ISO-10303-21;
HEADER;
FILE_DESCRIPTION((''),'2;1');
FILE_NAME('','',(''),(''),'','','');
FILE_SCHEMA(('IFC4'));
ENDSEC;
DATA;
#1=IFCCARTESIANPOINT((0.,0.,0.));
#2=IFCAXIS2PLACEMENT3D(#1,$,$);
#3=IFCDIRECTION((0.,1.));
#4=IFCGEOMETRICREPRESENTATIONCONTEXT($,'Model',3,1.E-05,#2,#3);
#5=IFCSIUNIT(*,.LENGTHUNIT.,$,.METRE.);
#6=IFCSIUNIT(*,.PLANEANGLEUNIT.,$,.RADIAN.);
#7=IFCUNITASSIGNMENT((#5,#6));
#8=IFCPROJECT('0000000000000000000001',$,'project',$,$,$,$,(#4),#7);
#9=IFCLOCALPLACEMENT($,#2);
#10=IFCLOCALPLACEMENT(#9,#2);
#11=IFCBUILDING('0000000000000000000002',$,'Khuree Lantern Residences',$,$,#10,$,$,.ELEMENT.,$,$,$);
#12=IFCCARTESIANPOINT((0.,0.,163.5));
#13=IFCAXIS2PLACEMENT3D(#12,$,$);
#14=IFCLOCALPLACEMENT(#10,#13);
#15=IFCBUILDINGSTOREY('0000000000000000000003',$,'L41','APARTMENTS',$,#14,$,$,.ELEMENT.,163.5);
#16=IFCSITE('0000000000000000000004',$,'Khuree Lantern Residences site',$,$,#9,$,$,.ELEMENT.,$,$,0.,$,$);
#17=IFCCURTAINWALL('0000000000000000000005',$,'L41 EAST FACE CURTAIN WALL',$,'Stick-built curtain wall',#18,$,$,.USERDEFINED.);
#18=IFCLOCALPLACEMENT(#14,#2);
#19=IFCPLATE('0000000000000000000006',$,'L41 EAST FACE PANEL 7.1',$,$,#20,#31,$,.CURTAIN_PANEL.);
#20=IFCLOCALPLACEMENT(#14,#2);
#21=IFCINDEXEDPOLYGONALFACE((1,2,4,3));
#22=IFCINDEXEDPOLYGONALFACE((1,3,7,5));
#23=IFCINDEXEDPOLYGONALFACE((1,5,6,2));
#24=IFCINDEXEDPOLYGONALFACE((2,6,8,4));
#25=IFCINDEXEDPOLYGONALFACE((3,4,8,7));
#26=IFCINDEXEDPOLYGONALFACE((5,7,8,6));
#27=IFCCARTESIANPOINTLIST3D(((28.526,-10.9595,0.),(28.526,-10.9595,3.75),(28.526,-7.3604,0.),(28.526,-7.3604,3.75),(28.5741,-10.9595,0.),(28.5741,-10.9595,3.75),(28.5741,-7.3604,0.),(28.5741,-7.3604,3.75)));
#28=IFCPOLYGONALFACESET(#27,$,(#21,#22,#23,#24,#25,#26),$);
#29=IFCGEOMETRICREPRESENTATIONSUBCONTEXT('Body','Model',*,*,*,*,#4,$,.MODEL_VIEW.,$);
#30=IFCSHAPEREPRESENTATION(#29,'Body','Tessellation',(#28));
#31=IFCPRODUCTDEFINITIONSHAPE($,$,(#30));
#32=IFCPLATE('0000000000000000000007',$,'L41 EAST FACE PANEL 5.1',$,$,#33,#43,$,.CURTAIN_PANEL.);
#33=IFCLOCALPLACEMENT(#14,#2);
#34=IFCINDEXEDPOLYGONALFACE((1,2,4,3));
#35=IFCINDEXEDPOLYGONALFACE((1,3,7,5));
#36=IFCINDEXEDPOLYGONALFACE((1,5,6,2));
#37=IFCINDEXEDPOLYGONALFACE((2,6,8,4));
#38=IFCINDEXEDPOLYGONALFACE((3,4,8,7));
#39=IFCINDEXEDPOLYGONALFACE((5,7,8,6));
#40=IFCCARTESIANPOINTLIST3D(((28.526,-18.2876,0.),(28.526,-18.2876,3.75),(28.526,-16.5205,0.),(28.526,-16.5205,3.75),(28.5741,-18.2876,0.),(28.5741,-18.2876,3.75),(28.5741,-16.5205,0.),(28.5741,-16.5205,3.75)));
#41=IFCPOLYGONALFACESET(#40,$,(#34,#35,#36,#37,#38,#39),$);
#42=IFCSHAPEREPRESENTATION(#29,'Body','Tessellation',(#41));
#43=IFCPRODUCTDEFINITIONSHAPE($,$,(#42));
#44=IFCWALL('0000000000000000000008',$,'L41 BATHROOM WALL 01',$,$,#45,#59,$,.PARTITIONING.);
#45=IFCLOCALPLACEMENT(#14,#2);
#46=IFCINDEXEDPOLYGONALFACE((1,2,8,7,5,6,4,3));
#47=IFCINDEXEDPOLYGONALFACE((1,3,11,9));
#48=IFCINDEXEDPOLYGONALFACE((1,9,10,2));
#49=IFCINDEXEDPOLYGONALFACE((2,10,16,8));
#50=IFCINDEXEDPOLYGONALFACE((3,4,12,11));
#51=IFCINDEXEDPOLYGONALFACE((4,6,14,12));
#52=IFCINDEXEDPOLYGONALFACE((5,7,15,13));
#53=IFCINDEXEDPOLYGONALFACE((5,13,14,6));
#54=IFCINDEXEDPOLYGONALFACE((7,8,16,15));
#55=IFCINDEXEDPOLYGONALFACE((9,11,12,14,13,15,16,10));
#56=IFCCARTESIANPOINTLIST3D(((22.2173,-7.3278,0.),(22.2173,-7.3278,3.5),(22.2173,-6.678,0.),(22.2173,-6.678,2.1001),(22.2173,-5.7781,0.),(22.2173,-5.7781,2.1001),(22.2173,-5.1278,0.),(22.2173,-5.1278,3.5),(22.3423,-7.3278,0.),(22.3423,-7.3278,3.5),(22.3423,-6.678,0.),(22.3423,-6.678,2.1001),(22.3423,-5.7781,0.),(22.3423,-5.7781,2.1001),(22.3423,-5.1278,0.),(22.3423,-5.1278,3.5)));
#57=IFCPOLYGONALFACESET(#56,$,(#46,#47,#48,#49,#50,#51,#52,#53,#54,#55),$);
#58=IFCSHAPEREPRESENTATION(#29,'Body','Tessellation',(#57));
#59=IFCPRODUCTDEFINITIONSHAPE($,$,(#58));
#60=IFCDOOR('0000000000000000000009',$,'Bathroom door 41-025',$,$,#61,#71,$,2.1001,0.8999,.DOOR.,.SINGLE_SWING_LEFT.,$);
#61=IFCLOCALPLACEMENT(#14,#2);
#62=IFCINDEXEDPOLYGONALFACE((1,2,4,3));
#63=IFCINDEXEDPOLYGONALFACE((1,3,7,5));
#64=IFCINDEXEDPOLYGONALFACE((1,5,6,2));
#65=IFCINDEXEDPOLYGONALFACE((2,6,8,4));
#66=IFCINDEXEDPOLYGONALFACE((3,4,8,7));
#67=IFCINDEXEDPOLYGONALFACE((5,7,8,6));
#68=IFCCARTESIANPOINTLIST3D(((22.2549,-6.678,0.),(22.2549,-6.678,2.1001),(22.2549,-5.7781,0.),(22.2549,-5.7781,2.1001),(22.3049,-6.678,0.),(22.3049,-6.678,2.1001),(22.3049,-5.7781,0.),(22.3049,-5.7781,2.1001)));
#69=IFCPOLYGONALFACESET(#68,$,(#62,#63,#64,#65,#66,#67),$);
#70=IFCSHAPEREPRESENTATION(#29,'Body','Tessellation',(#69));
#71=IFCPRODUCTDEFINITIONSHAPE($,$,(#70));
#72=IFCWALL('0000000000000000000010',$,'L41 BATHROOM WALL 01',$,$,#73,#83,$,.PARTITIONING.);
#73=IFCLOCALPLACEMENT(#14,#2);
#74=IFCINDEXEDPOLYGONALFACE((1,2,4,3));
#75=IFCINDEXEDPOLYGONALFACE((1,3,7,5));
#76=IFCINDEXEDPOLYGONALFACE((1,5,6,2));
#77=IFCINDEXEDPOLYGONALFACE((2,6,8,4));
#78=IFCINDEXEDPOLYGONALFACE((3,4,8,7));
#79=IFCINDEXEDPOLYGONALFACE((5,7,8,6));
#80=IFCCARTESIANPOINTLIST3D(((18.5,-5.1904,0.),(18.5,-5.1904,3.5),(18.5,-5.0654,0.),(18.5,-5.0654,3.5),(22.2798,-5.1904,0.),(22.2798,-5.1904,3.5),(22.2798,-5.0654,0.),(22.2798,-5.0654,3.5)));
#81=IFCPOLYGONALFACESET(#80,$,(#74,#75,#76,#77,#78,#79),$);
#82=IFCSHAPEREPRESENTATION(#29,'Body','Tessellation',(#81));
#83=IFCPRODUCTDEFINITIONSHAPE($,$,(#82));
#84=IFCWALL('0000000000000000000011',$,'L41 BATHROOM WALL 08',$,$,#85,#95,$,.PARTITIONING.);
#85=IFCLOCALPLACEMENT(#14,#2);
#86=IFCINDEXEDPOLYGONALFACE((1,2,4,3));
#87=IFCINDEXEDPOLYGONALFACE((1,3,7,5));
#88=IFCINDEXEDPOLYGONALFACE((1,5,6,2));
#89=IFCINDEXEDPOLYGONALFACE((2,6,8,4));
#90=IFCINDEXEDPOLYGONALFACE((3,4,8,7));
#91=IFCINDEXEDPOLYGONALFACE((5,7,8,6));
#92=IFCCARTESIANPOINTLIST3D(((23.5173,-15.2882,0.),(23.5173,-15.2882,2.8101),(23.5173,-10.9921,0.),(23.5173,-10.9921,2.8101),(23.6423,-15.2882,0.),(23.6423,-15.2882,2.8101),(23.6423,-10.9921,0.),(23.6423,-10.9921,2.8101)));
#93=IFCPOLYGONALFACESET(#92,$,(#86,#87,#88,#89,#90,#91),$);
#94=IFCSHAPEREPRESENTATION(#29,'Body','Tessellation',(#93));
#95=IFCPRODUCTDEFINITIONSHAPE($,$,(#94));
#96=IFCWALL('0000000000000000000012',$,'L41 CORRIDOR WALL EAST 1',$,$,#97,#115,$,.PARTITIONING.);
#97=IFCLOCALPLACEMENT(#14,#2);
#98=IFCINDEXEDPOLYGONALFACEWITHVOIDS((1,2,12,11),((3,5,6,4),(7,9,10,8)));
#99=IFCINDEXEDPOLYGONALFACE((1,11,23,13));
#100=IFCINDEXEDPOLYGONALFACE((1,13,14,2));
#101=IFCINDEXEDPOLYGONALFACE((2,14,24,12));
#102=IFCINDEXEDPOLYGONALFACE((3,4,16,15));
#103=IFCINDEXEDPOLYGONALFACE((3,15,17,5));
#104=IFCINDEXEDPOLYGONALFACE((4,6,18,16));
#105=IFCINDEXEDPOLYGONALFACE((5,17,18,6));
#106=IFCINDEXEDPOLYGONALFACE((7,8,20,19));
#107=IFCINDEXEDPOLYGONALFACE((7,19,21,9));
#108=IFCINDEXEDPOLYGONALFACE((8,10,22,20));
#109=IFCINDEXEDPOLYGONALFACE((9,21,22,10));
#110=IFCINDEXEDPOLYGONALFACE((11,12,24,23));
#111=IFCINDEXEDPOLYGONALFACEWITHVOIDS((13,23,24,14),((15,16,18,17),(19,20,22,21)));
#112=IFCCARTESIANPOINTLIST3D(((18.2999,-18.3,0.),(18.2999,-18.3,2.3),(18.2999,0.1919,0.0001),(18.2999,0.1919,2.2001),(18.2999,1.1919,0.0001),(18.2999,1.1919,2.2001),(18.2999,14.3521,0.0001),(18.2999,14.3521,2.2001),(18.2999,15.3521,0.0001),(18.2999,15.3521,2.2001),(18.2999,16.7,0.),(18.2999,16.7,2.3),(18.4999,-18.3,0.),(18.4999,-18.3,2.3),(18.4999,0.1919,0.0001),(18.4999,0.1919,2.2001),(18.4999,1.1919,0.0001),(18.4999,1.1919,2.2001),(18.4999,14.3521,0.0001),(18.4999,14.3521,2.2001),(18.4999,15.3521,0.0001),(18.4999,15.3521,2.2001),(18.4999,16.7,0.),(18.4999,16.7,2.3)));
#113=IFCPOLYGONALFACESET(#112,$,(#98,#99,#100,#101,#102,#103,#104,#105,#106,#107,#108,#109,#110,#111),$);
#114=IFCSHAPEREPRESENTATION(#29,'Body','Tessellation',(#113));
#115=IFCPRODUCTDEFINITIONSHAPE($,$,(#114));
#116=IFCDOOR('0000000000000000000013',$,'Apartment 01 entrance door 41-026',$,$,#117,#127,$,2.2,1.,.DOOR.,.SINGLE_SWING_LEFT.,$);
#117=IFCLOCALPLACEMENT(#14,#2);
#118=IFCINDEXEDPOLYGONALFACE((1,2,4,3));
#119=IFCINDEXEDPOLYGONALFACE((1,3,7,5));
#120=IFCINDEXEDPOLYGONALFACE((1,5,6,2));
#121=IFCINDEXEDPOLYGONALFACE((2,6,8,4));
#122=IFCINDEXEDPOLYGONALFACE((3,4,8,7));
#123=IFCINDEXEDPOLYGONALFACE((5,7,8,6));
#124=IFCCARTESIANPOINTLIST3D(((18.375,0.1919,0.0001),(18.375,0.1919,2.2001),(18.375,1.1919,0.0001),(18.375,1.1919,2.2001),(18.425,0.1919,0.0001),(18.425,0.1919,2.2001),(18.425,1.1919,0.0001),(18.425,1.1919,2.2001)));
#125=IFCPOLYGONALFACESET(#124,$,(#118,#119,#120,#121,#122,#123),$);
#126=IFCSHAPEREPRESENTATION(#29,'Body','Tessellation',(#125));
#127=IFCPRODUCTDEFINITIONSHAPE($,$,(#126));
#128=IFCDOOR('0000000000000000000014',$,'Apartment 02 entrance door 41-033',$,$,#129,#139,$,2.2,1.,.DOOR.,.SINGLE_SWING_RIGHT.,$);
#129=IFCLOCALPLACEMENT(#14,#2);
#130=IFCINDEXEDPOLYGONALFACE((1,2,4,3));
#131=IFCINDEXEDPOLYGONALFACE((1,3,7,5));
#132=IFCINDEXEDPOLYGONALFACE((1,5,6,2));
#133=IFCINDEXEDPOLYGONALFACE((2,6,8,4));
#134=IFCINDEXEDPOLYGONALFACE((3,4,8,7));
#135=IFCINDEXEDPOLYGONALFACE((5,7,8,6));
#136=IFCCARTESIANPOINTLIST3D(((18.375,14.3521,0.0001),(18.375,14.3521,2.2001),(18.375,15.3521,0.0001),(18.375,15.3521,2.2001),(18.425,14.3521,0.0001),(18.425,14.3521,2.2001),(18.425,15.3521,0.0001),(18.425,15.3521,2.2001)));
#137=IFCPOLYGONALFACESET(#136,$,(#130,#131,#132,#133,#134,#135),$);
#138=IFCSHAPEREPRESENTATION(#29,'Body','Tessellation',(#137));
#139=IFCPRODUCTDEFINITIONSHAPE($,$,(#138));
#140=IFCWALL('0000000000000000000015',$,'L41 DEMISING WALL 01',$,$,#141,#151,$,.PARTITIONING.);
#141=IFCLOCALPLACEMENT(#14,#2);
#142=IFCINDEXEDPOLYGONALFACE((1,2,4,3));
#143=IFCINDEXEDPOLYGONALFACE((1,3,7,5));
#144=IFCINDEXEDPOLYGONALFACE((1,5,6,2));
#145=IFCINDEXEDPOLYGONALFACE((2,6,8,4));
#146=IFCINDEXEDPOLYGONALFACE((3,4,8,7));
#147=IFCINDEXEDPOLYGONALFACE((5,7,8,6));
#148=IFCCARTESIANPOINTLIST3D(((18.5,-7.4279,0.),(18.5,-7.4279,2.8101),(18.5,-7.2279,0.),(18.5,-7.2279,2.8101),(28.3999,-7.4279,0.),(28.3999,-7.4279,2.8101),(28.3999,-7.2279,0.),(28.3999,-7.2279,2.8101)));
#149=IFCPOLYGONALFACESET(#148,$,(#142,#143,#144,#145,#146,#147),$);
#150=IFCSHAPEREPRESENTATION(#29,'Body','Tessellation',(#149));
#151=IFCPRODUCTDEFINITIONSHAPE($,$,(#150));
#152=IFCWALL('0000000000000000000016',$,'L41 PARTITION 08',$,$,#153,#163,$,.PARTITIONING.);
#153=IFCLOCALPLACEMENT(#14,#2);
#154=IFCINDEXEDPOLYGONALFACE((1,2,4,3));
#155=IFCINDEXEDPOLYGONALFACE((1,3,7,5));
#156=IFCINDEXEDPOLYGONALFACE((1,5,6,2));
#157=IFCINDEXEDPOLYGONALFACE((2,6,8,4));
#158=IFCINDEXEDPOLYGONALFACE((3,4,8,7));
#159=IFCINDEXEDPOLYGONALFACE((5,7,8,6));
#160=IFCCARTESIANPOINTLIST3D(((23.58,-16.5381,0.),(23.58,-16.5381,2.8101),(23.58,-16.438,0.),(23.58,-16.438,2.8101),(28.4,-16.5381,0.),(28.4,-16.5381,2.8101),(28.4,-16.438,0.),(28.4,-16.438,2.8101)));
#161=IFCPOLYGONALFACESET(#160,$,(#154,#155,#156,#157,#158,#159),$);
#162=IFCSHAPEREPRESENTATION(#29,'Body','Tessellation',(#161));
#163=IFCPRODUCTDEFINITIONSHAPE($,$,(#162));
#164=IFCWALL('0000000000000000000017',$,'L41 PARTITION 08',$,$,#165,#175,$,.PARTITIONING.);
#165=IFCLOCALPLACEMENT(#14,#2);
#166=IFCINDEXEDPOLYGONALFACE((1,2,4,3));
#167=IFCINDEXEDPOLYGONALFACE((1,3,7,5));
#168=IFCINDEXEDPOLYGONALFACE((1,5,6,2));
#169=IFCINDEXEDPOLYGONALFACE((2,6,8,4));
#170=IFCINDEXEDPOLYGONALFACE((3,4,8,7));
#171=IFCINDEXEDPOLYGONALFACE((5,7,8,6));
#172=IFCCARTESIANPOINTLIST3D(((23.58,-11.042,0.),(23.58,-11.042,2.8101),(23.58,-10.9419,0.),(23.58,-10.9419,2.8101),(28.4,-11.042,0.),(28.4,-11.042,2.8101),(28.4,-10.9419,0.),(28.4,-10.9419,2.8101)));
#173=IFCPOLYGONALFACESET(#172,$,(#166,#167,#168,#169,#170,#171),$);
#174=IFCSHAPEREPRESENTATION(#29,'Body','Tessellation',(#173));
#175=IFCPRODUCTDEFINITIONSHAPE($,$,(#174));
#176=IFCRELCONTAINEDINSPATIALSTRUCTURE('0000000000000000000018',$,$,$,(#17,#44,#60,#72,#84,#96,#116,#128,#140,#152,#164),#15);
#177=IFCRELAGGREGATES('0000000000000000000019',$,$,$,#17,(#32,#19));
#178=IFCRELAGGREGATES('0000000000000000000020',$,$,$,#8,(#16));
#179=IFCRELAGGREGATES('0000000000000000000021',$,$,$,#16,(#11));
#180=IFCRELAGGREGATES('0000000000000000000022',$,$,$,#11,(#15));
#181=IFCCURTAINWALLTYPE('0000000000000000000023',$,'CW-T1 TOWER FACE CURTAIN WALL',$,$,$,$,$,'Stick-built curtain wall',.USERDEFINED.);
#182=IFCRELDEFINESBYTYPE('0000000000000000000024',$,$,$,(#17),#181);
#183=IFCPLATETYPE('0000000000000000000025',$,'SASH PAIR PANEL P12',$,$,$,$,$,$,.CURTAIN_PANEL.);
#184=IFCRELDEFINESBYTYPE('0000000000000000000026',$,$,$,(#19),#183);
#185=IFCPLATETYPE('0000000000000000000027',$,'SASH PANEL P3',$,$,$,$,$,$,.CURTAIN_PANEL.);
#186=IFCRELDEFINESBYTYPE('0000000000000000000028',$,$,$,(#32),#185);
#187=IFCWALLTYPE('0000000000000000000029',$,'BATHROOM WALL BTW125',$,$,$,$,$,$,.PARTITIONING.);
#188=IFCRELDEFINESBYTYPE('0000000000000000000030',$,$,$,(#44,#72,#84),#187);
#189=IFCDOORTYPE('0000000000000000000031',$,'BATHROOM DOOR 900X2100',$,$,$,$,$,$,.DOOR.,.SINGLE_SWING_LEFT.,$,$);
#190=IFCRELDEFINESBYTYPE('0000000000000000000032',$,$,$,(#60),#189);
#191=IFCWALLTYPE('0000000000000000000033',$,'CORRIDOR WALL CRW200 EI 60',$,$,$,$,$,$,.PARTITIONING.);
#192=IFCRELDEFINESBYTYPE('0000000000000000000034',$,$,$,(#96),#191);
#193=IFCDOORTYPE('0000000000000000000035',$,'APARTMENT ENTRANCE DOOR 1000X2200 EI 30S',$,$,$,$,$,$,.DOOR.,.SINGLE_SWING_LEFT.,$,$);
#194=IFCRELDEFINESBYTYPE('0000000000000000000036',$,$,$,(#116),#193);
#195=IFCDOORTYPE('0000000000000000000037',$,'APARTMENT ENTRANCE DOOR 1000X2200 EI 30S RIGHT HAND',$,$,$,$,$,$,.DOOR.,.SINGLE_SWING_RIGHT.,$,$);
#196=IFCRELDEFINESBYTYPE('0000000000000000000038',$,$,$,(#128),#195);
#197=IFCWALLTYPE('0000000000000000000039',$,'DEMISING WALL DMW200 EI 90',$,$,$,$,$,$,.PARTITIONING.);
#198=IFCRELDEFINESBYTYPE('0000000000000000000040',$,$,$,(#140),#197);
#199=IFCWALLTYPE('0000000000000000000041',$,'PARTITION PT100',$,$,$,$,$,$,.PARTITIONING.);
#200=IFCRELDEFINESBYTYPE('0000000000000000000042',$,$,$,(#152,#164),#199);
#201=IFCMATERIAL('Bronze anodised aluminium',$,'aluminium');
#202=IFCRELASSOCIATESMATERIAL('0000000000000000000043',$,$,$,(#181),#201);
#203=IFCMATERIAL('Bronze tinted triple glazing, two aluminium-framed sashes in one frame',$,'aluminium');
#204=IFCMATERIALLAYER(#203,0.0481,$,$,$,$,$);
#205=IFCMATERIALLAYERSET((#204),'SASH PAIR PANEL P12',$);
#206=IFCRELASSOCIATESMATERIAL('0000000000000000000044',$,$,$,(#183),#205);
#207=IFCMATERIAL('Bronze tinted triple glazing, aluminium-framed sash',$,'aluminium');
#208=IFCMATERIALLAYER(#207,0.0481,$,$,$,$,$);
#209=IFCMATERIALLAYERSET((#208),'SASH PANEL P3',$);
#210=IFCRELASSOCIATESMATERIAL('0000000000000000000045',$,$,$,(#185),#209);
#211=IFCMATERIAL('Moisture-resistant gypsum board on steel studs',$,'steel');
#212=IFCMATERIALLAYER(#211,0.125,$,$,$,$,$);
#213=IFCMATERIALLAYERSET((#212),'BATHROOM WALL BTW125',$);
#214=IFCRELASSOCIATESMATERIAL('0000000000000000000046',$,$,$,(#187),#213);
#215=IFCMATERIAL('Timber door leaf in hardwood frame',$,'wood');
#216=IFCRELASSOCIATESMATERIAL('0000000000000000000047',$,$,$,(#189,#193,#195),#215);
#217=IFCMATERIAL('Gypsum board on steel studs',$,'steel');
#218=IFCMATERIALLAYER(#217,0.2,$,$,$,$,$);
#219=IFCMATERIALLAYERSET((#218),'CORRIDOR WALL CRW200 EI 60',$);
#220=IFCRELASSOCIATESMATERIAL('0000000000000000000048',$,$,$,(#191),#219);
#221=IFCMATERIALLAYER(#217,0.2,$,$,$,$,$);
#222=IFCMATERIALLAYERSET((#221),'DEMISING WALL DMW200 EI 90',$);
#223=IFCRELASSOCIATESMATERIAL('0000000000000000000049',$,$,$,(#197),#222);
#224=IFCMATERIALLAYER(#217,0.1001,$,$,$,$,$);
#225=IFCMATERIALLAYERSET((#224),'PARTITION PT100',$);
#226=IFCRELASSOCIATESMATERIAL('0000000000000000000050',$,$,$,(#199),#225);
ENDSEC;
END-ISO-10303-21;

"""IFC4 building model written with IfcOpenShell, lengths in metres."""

from ifc_helpers import new_model, si_unit, direction, frame, frame_2d, origin, origin_2d, place, context, subcontext, project, spatial, rectangle, extrude, material, layer, layer_set, type_object, element, fill, aggregate, save


model = new_model("IFC4")

# Units and contexts
model_context = context("Model", 3, precision=1e-05, world=origin(), true_north=direction((0.0, 1.0)))
body_context = subcontext(model_context, "Body", "Model", "MODEL_VIEW")
ifc_project = project(units=[si_unit("LENGTHUNIT", "METRE"), si_unit("PLANEANGLEUNIT", "RADIAN")], contexts=[model_context])

# Site, building, storey
site_placement = place(None, origin())
site = spatial("IfcSite", under=ifc_project, at=site_placement, Name="Khuree Lantern Residences site", CompositionType="ELEMENT", RefElevation=0.0)
building_placement = place(site_placement, origin())
building = spatial("IfcBuilding", under=site, at=building_placement, Name="Khuree Lantern Residences", CompositionType="ELEMENT")
storey_placement = place(building_placement, frame((0.0, 0.0, 163.5)))
storey = spatial("IfcBuildingStorey", under=building, at=storey_placement, Name="L41", Description="APARTMENTS", CompositionType="ELEMENT", Elevation=163.5)

# Curtain wall
ifc_material_1 = material(Name="Bronze anodised aluminium", Category="aluminium")
curtain_wall_type = type_object("IfcCurtainWallType", Name="CW-T1 TOWER FACE CURTAIN WALL", ElementType="Stick-built curtain wall", PredefinedType="USERDEFINED", material=ifc_material_1)
curtain_wall_placement = place(storey_placement, origin())
curtain_wall = element("IfcCurtainWall", 1, at=curtain_wall_placement, inside=storey, type_object=curtain_wall_type, Name="L41 EAST FACE CURTAIN WALL", ObjectType="Stick-built curtain wall", PredefinedType="USERDEFINED")

# Plates
ifc_material_2 = material(Name="Bronze tinted triple glazing, two aluminium-framed sashes in one frame", Category="aluminium")
ifc_layer_1 = layer(ifc_material_2, 0.0481)
ifc_layer_set_1 = layer_set([ifc_layer_1], Name="SASH PAIR PANEL P12")
plate_type_1 = type_object("IfcPlateType", Name="SASH PAIR PANEL P12", PredefinedType="CURTAIN_PANEL", material=ifc_layer_set_1)
plate_1_placement = place(storey_placement, frame((28.55, -9.1599, 0.0), z_axis=(0.0, 0.0, 1.0), x_axis=(0.0, 1.0, 0.0)))
plate_1 = element("IfcPlate", 2, at=plate_1_placement, type_object=plate_type_1, Name="L41 EAST FACE PANEL 7.1", PredefinedType="CURTAIN_PANEL", context=body_context, shape_type="SweptSolid", body=[
    extrude(rectangle(XDim=3.5991, YDim=0.0481, at=origin_2d()), origin(), (0.0, 0.0, 1.0), 3.75),
])
ifc_material_3 = material(Name="Bronze tinted triple glazing, aluminium-framed sash", Category="aluminium")
ifc_layer_2 = layer(ifc_material_3, 0.0481)
ifc_layer_set_2 = layer_set([ifc_layer_2], Name="SASH PANEL P3")
plate_type_2 = type_object("IfcPlateType", Name="SASH PANEL P3", PredefinedType="CURTAIN_PANEL", material=ifc_layer_set_2)
plate_2_placement = place(storey_placement, frame((28.55, -17.4041, 0.0), z_axis=(0.0, 0.0, 1.0), x_axis=(0.0, 1.0, 0.0)))
plate_2 = element("IfcPlate", 3, at=plate_2_placement, type_object=plate_type_2, Name="L41 EAST FACE PANEL 5.1", PredefinedType="CURTAIN_PANEL", context=body_context, shape_type="SweptSolid", body=[
    extrude(rectangle(XDim=1.7671, YDim=0.0481, at=origin_2d()), origin(), (0.0, 0.0, 1.0), 3.75),
])
aggregate(curtain_wall, [plate_2, plate_1])

# Wall, opening, door
ifc_material_4 = material(Name="Moisture-resistant gypsum board on steel studs", Category="steel")
ifc_layer_3 = layer(ifc_material_4, 0.125)
ifc_layer_set_3 = layer_set([ifc_layer_3], Name="BATHROOM WALL BTW125")
wall_type_1 = type_object("IfcWallType", Name="BATHROOM WALL BTW125", PredefinedType="PARTITIONING", material=ifc_layer_set_3)
wall_1_placement = place(storey_placement, frame((22.2798, -7.3279, 0.0), z_axis=(0.0, 0.0, 1.0), x_axis=(0.0, 1.0, 0.0)))
wall_1 = element("IfcWall", 4, at=wall_1_placement, inside=storey, type_object=wall_type_1, Name="L41 BATHROOM WALL 01", PredefinedType="PARTITIONING", context=body_context, shape_type="SweptSolid", body=[
    extrude(rectangle(XDim=2.2, YDim=0.125, at=frame_2d((1.1001, 0.0))), origin(), (0.0, 0.0, 1.0), 3.5),
])
opening_1_placement = place(wall_1_placement, frame((0.6499, 0.0, 0.0)))
opening_1 = element("IfcOpeningElement", 5, at=opening_1_placement, cuts=wall_1, PredefinedType="OPENING", context=body_context, shape_type="SweptSolid", body=[
    extrude(rectangle(XDim=0.8999, YDim=2.1001, at=frame_2d((0.45, 1.05))), frame((0.0, 0.0725, 0.0), z_axis=(0.0, -1.0, 0.0), x_axis=(1.0, 0.0, 0.0)), (0.0, 0.0, 1.0), 0.145),
])
ifc_material_5 = material(Name="Timber door leaf in hardwood frame", Category="wood")
door_type_1 = type_object("IfcDoorType", Name="BATHROOM DOOR 900X2100", OperationType="SINGLE_SWING_LEFT", PredefinedType="DOOR", material=ifc_material_5)
door_1_placement = place(opening_1_placement, origin())
door_1 = element("IfcDoor", 6, at=door_1_placement, inside=storey, type_object=door_type_1, Name="Bathroom door 41-025", OperationType="SINGLE_SWING_LEFT", OverallHeight=2.1001, OverallWidth=0.8999, PredefinedType="DOOR", context=body_context, shape_type="SweptSolid", body=[
    extrude(rectangle(XDim=0.8999, YDim=2.1001, at=frame_2d((0.45, 1.05))), frame((0.0, 0.0249, 0.0), z_axis=(0.0, -1.0, 0.0), x_axis=(1.0, 0.0, 0.0)), (0.0, 0.0, 1.0), 0.05),
])
fill(opening_1, door_1)

# Walls
wall_2_placement = place(storey_placement, frame((18.5, -5.1279, 0.0), z_axis=(0.0, 0.0, 1.0), x_axis=(1.0, 0.0, 0.0)))
element("IfcWall", 7, at=wall_2_placement, inside=storey, type_object=wall_type_1, Name="L41 BATHROOM WALL 01", PredefinedType="PARTITIONING", context=body_context, shape_type="SweptSolid", body=[
    extrude(rectangle(XDim=3.7798, YDim=0.125, at=frame_2d((1.8899, 0.0))), origin(), (0.0, 0.0, 1.0), 3.5),
])
wall_3_placement = place(storey_placement, frame((23.5798, -15.2881, 0.0), z_axis=(0.0, 0.0, 1.0), x_axis=(0.0, 1.0, 0.0)))
element("IfcWall", 8, at=wall_3_placement, inside=storey, type_object=wall_type_1, Name="L41 BATHROOM WALL 08", PredefinedType="PARTITIONING", context=body_context, shape_type="SweptSolid", body=[
    extrude(rectangle(XDim=4.2961, YDim=0.125, at=frame_2d((2.1479, 0.0))), origin(), (0.0, 0.0, 1.0), 2.8101),
])

# Wall, openings, doors
ifc_material_6 = material(Name="Gypsum board on steel studs", Category="steel")
ifc_layer_4 = layer(ifc_material_6, 0.2)
ifc_layer_set_4 = layer_set([ifc_layer_4], Name="CORRIDOR WALL CRW200 EI 60")
wall_type_2 = type_object("IfcWallType", Name="CORRIDOR WALL CRW200 EI 60", PredefinedType="PARTITIONING", material=ifc_layer_set_4)
wall_4_placement = place(storey_placement, frame((18.3999, -18.3, 0.0), z_axis=(0.0, 0.0, 1.0), x_axis=(0.0, 1.0, 0.0)))
wall_4 = element("IfcWall", 9, at=wall_4_placement, inside=storey, type_object=wall_type_2, Name="L41 CORRIDOR WALL EAST 1", PredefinedType="PARTITIONING", context=body_context, shape_type="SweptSolid", body=[
    extrude(rectangle(XDim=35.0, YDim=0.2, at=frame_2d((17.5, 0.0))), origin(), (0.0, 0.0, 1.0), 2.3),
])
opening_2_placement = place(wall_4_placement, frame((18.4919, 0.0, 0.0)))
opening_2 = element("IfcOpeningElement", 10, at=opening_2_placement, cuts=wall_4, PredefinedType="OPENING", context=body_context, shape_type="SweptSolid", body=[
    extrude(rectangle(XDim=1.0, YDim=2.2, at=frame_2d((0.5, 1.1001))), frame((0.0, 0.1099, 0.0), z_axis=(0.0, -1.0, 0.0), x_axis=(1.0, 0.0, 0.0)), (0.0, 0.0, 1.0), 0.22),
])
opening_3_placement = place(wall_4_placement, frame((32.6521, 0.0, 0.0)))
opening_3 = element("IfcOpeningElement", 11, at=opening_3_placement, cuts=wall_4, PredefinedType="OPENING", context=body_context, shape_type="SweptSolid", body=[
    extrude(rectangle(XDim=1.0, YDim=2.2, at=frame_2d((0.5, 1.1001))), frame((0.0, 0.1099, 0.0), z_axis=(0.0, -1.0, 0.0), x_axis=(1.0, 0.0, 0.0)), (0.0, 0.0, 1.0), 0.22),
])
door_type_2 = type_object("IfcDoorType", Name="APARTMENT ENTRANCE DOOR 1000X2200 EI 30S", OperationType="SINGLE_SWING_LEFT", PredefinedType="DOOR", material=ifc_material_5)
door_2_placement = place(opening_2_placement, origin())
door_2 = element("IfcDoor", 12, at=door_2_placement, inside=storey, type_object=door_type_2, Name="Apartment 01 entrance door 41-026", OperationType="SINGLE_SWING_LEFT", OverallHeight=2.2, OverallWidth=1.0, PredefinedType="DOOR", context=body_context, shape_type="SweptSolid", body=[
    extrude(rectangle(XDim=1.0, YDim=2.2, at=frame_2d((0.5, 1.1001))), frame((0.0, 0.0249, 0.0), z_axis=(0.0, -1.0, 0.0), x_axis=(1.0, 0.0, 0.0)), (0.0, 0.0, 1.0), 0.05),
])
fill(opening_2, door_2)
door_type_3 = type_object("IfcDoorType", Name="APARTMENT ENTRANCE DOOR 1000X2200 EI 30S RIGHT HAND", OperationType="SINGLE_SWING_RIGHT", PredefinedType="DOOR", material=ifc_material_5)
door_3_placement = place(opening_3_placement, origin())
door_3 = element("IfcDoor", 13, at=door_3_placement, inside=storey, type_object=door_type_3, Name="Apartment 02 entrance door 41-033", OperationType="SINGLE_SWING_RIGHT", OverallHeight=2.2, OverallWidth=1.0, PredefinedType="DOOR", context=body_context, shape_type="SweptSolid", body=[
    extrude(rectangle(XDim=1.0, YDim=2.2, at=frame_2d((0.5, 1.1001))), frame((0.0, 0.0249, 0.0), z_axis=(0.0, -1.0, 0.0), x_axis=(1.0, 0.0, 0.0)), (0.0, 0.0, 1.0), 0.05),
])
fill(opening_3, door_3)

# Walls
ifc_layer_5 = layer(ifc_material_6, 0.2)
ifc_layer_set_5 = layer_set([ifc_layer_5], Name="DEMISING WALL DMW200 EI 90")
wall_type_3 = type_object("IfcWallType", Name="DEMISING WALL DMW200 EI 90", PredefinedType="PARTITIONING", material=ifc_layer_set_5)
wall_5_placement = place(storey_placement, frame((18.5, -7.3279, 0.0), z_axis=(0.0, 0.0, 1.0), x_axis=(1.0, 0.0, 0.0)))
element("IfcWall", 14, at=wall_5_placement, inside=storey, type_object=wall_type_3, Name="L41 DEMISING WALL 01", PredefinedType="PARTITIONING", context=body_context, shape_type="SweptSolid", body=[
    extrude(rectangle(XDim=9.8999, YDim=0.2, at=frame_2d((4.95, 0.0))), origin(), (0.0, 0.0, 1.0), 2.8101),
])
ifc_layer_6 = layer(ifc_material_6, 0.1001)
ifc_layer_set_6 = layer_set([ifc_layer_6], Name="PARTITION PT100")
wall_type_4 = type_object("IfcWallType", Name="PARTITION PT100", PredefinedType="PARTITIONING", material=ifc_layer_set_6)
for number, where, z_axis, x_axis, name in (
    (15, (23.5798, -16.488, 0.0), (0.0, 0.0, 1.0), (1.0, 0.0, 0.0), "L41 PARTITION 08"),
    (16, (23.5798, -10.9919, 0.0), (0.0, 0.0, 1.0), (1.0, 0.0, 0.0), "L41 PARTITION 08"),
):
    element("IfcWall", number, at=place(storey_placement, frame(where, z_axis=z_axis, x_axis=x_axis)), inside=storey, type_object=wall_type_4, Name=name, PredefinedType="PARTITIONING", context=body_context, shape_type="SweptSolid", body=[
        extrude(rectangle(XDim=4.8201, YDim=0.1001, at=frame_2d((2.4102, 0.0))), origin(), (0.0, 0.0, 1.0), 2.8101),
    ])

save(model, "model.ifc")
